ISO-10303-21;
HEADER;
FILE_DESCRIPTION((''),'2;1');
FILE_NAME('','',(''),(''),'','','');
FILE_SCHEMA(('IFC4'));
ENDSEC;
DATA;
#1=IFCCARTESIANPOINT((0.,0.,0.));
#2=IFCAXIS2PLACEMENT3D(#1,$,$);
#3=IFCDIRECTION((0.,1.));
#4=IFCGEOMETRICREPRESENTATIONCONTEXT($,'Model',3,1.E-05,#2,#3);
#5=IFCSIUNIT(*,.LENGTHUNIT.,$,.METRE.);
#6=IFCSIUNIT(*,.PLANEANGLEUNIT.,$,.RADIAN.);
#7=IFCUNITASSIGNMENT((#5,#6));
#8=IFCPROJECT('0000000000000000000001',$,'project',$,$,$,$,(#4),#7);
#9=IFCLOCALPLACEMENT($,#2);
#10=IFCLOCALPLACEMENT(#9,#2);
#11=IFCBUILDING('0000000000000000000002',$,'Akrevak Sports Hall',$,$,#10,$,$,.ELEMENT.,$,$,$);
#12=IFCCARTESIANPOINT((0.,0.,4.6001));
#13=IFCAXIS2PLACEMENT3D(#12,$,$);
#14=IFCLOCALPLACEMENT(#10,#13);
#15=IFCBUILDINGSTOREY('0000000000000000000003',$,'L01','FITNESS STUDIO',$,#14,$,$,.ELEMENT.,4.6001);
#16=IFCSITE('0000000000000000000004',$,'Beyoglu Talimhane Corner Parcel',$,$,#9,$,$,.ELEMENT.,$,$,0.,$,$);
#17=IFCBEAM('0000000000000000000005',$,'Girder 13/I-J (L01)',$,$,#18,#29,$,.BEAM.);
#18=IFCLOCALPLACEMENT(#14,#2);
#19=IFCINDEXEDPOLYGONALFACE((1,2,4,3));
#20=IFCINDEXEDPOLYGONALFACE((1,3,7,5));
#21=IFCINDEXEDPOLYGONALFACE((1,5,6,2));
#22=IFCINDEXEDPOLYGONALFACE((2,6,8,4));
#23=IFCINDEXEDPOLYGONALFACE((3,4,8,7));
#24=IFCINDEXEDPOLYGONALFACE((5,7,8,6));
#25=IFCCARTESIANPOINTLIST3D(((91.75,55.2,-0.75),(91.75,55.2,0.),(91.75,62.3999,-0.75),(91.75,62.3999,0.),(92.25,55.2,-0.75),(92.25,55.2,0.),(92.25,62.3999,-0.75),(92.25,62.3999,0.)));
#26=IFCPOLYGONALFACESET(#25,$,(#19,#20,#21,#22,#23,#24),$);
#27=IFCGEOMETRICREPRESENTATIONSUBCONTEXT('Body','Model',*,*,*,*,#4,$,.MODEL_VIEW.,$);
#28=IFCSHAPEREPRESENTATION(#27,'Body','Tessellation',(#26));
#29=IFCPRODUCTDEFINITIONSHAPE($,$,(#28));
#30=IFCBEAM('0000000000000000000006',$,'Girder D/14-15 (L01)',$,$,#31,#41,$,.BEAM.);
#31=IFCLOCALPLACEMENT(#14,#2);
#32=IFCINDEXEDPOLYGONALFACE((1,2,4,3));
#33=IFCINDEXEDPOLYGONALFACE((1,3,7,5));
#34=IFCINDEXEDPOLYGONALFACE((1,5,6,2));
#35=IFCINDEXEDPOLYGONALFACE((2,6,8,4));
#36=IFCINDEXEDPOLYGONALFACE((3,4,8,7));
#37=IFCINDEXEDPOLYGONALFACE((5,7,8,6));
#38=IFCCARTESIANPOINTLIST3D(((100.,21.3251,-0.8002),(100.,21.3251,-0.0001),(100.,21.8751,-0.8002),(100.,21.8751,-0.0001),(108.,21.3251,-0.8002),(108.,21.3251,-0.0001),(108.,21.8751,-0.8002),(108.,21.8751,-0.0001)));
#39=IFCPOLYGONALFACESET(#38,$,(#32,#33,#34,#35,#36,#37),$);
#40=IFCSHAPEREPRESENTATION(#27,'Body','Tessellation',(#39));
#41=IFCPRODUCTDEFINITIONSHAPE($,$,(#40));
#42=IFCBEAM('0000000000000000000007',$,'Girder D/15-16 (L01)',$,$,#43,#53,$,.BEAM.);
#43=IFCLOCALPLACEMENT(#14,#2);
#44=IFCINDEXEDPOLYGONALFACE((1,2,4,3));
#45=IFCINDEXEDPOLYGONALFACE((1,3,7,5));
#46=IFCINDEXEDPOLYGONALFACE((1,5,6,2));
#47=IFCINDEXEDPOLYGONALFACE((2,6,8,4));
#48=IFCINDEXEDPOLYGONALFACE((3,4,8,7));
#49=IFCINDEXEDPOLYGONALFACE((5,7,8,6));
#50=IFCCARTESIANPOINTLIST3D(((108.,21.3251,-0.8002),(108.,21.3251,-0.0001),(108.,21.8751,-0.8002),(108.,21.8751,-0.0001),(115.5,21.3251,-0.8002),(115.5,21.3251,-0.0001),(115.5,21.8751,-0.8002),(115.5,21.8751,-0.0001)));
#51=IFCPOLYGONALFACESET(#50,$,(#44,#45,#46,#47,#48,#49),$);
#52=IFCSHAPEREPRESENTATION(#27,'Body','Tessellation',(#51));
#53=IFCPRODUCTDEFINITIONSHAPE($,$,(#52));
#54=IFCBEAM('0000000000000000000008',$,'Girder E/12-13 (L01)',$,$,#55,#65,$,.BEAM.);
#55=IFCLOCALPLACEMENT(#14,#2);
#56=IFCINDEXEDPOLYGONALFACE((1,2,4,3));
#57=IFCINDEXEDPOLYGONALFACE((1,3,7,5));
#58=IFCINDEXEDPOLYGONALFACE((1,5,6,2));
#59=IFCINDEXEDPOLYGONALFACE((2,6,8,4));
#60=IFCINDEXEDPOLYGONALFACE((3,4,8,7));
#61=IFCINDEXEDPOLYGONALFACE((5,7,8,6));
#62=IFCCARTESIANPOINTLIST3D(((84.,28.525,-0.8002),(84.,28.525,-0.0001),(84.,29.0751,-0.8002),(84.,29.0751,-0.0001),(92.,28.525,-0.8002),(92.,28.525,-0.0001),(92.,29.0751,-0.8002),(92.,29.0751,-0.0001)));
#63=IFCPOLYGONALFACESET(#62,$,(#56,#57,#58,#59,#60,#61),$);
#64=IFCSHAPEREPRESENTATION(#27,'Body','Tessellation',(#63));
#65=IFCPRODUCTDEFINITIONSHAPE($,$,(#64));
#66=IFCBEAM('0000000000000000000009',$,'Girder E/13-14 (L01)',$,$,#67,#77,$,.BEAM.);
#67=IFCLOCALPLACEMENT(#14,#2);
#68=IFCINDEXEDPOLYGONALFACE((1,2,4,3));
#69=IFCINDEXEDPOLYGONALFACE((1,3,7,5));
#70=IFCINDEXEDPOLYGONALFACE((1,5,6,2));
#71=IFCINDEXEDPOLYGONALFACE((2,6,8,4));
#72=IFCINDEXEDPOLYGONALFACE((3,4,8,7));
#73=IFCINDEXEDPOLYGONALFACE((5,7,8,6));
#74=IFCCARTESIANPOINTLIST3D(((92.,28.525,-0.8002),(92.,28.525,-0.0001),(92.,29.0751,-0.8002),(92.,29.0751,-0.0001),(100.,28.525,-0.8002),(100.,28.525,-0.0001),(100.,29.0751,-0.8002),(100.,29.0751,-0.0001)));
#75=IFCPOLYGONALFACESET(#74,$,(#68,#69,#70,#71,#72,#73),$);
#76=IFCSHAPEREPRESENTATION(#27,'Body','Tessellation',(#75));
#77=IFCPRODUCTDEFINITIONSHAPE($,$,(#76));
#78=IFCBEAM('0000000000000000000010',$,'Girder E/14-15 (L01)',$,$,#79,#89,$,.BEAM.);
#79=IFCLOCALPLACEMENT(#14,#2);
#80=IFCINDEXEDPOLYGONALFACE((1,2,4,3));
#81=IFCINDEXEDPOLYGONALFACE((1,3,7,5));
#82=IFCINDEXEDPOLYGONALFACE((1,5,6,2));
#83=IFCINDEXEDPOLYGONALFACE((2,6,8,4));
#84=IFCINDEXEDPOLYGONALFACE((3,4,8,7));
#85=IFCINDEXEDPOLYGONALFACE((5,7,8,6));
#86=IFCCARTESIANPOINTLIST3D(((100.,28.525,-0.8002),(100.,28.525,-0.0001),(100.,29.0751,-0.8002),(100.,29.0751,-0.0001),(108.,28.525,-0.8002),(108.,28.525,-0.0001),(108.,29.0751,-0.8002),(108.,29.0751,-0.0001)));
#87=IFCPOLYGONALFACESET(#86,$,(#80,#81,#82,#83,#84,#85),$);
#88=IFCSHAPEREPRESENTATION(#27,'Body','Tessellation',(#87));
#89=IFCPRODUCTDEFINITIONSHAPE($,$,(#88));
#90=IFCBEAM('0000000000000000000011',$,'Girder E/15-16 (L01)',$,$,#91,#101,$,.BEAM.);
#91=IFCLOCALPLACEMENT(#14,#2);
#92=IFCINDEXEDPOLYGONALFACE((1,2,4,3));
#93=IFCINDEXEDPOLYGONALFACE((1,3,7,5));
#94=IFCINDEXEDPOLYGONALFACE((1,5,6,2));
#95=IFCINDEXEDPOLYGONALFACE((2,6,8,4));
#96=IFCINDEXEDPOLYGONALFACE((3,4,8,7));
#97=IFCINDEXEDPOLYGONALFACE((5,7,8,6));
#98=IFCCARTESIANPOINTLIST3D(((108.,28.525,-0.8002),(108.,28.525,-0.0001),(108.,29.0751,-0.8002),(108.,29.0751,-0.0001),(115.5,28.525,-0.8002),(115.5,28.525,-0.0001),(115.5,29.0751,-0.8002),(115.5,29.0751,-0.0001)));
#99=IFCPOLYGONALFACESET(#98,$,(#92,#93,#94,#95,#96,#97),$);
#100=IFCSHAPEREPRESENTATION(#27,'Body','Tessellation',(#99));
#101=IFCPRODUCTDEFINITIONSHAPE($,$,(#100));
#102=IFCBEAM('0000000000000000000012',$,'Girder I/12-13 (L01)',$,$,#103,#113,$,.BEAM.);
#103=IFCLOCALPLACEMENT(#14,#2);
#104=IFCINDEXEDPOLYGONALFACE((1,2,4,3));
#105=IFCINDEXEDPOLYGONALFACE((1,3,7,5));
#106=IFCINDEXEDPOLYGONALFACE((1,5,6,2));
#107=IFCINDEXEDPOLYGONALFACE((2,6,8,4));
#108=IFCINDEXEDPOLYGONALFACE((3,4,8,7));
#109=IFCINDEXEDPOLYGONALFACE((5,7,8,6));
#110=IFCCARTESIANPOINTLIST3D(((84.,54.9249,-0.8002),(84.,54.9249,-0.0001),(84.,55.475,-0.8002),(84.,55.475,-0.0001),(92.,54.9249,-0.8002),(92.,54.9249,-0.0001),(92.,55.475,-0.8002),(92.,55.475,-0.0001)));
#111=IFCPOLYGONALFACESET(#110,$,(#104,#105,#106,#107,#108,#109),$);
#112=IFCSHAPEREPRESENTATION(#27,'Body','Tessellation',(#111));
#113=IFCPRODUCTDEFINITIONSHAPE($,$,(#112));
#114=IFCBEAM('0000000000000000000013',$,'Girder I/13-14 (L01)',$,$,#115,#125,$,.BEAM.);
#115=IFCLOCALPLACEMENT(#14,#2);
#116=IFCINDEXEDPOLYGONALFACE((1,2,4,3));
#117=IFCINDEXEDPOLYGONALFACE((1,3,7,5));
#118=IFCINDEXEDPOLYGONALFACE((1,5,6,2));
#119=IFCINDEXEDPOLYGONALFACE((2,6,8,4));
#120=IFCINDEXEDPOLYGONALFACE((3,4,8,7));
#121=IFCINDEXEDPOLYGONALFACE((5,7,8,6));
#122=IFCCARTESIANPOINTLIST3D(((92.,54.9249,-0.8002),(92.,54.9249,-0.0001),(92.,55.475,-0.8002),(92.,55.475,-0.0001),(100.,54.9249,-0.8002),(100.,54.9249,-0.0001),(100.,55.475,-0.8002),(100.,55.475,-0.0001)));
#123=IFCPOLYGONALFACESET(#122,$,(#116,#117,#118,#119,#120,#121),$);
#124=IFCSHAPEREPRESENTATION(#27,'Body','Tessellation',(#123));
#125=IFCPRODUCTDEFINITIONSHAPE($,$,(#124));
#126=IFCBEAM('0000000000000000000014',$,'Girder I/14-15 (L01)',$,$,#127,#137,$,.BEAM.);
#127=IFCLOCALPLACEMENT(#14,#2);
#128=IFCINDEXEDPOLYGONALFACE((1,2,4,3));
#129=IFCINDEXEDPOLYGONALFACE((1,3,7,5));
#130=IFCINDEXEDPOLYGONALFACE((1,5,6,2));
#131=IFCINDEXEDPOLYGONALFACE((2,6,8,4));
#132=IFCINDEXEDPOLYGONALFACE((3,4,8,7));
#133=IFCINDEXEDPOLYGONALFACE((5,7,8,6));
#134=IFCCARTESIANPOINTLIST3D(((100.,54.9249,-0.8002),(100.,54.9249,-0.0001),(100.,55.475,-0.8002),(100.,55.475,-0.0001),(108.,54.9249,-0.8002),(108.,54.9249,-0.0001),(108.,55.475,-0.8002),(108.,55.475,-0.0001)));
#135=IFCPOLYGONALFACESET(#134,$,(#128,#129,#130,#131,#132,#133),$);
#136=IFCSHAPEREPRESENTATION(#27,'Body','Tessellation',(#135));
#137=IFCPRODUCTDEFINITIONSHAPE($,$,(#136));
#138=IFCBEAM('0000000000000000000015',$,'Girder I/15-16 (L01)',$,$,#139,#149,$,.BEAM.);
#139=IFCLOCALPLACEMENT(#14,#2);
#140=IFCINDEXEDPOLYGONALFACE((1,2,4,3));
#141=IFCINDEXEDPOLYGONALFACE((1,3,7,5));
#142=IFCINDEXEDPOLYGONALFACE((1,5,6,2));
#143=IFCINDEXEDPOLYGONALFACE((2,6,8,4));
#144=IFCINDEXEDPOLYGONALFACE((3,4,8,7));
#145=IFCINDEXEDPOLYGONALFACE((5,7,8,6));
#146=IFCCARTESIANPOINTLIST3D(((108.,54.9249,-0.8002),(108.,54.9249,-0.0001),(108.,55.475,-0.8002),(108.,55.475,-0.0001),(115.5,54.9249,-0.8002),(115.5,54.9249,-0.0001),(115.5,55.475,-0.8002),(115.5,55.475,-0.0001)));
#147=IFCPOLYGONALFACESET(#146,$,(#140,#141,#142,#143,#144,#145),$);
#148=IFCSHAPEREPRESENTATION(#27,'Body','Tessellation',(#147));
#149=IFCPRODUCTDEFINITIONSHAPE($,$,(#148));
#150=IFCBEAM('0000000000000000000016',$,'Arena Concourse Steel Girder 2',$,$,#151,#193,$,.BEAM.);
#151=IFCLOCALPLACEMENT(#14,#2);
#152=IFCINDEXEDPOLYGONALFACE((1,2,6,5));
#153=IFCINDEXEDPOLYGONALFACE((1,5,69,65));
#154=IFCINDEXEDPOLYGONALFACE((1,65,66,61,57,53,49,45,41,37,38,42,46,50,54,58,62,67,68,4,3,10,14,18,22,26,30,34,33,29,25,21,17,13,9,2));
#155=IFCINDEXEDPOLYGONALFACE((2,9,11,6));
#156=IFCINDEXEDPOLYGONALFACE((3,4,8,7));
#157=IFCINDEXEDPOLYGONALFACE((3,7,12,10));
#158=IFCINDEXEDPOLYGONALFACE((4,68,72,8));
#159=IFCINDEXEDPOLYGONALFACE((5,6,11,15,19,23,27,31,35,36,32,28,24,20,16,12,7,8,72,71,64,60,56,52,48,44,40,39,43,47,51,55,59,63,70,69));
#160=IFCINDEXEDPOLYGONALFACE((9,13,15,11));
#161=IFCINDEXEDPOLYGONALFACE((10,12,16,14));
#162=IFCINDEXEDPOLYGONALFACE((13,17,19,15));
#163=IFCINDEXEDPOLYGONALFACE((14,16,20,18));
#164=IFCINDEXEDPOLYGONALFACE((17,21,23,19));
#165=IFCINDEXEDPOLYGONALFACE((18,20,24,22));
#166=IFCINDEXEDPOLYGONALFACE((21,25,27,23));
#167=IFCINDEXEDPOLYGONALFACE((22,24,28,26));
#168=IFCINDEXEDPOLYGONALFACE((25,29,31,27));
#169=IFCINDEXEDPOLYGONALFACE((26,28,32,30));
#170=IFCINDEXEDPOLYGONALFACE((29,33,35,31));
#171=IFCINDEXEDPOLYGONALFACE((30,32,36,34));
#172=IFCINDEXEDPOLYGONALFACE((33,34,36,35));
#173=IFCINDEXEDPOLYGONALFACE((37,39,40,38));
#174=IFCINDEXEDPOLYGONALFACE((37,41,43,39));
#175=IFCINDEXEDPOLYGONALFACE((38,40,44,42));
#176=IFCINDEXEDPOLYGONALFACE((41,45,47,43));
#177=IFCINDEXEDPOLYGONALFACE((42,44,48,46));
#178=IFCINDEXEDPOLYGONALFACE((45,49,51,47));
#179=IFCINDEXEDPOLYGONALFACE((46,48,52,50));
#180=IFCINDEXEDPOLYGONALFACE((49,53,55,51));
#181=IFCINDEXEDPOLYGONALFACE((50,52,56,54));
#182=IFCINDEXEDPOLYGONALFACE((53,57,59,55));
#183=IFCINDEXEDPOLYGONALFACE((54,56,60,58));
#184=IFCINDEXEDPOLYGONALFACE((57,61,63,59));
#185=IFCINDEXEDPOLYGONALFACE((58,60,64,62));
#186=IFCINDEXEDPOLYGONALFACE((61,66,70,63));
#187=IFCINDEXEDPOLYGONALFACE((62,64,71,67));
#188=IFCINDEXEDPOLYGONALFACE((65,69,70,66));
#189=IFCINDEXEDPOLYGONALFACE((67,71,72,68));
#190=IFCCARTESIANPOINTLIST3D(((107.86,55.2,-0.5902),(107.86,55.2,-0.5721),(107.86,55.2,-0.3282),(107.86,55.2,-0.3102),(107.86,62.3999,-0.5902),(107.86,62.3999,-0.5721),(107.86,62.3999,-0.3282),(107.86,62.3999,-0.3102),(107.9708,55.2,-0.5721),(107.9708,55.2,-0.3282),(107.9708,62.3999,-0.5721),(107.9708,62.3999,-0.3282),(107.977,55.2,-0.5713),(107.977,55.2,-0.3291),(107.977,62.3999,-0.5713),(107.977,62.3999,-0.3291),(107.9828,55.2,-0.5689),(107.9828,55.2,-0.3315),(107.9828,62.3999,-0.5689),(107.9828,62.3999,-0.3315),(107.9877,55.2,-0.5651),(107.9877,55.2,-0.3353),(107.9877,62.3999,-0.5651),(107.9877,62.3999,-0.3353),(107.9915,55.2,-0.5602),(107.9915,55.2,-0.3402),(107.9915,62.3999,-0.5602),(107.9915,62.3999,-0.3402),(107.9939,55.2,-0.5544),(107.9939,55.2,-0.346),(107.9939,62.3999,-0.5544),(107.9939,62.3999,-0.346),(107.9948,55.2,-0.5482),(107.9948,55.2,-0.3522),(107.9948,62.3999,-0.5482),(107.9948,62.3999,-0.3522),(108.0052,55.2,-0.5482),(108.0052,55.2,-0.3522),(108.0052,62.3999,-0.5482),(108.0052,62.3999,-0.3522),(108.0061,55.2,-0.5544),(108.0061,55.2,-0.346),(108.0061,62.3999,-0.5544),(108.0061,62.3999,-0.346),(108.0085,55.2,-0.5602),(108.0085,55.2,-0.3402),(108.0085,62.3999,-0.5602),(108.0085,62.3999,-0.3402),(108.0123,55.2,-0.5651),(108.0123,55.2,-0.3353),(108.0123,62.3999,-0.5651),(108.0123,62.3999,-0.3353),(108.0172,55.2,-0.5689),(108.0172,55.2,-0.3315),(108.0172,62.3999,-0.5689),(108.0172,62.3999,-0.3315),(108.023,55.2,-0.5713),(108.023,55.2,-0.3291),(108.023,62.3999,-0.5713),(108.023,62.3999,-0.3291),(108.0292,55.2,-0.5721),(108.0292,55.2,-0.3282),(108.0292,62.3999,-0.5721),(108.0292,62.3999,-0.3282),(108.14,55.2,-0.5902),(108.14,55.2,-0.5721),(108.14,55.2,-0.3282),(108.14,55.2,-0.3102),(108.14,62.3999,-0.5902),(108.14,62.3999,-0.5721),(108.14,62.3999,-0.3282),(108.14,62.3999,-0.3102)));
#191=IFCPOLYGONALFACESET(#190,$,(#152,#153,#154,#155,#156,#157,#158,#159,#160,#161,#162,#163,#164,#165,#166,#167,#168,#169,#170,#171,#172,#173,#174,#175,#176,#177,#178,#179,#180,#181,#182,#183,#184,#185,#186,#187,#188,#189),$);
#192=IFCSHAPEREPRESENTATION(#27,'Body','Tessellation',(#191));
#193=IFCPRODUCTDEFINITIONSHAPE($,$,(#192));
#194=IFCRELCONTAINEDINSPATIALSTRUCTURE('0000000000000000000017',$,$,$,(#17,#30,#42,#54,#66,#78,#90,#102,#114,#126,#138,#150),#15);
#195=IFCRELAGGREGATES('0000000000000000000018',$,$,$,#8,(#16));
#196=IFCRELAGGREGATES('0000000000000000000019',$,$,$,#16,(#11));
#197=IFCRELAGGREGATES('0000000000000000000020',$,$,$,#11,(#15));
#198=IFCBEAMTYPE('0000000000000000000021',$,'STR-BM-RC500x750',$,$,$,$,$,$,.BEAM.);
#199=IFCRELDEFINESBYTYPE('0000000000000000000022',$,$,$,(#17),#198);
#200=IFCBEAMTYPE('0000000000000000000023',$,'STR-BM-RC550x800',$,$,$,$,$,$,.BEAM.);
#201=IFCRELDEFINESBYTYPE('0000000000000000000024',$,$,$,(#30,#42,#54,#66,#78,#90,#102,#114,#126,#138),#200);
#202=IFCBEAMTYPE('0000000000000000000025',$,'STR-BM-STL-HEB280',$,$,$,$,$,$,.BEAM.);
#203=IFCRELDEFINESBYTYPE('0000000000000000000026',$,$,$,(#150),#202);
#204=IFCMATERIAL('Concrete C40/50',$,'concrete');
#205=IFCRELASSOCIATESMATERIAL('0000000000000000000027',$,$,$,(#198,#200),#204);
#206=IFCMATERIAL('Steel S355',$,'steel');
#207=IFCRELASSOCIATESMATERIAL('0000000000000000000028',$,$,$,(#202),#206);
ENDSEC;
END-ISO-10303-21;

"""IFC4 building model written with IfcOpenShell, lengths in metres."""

from ifc_helpers import new_model, si_unit, direction, frame, origin, origin_2d, place, context, subcontext, project, spatial, rectangle, i_section, extrude, material, material_profile, profile_set, type_object, element, save


model = new_model("IFC4")

# Units and contexts
model_context = context("Model", 3, precision=1e-05, world=origin(), true_north=direction((0.0, 1.0)))
body_context = subcontext(model_context, "Body", "Model", "MODEL_VIEW")
ifc_project = project(units=[si_unit("LENGTHUNIT", "METRE"), si_unit("PLANEANGLEUNIT", "RADIAN")], contexts=[model_context])

# Site, building, storey
site_placement = place(None, origin())
site = spatial("IfcSite", under=ifc_project, at=site_placement, Name="Beyoglu Talimhane Corner Parcel", CompositionType="ELEMENT", RefElevation=0.0)
building_placement = place(site_placement, origin())
building = spatial("IfcBuilding", under=site, at=building_placement, Name="Akrevak Sports Hall", CompositionType="ELEMENT")
storey_placement = place(building_placement, frame((0.0, 0.0, 4.6001)))
storey = spatial("IfcBuildingStorey", under=building, at=storey_placement, Name="L01", Description="FITNESS STUDIO", CompositionType="ELEMENT", Elevation=4.6001)

# Beams
ifc_material_1 = material(Name="Concrete C40/50", Category="concrete")
ifc_material_profile_1 = material_profile(ifc_material_1, rectangle(XDim=0.5, YDim=0.75, at=origin_2d()), Name="BM 500x750", Category="concrete")
ifc_profile_set_1 = profile_set([ifc_material_profile_1], Name="Concrete C40/50")
beam_type_1 = type_object("IfcBeamType", Name="STR-BM-RC500x750", PredefinedType="BEAM", material=ifc_profile_set_1)
beam_1_placement = place(storey_placement, frame((92.0, 55.2, -0.375), z_axis=(0.0, 1.0, 0.0), x_axis=(-1.0, 0.0, 0.0)))
element("IfcBeam", 1, at=beam_1_placement, inside=storey, type_object=beam_type_1, Name="Girder 13/I-J (L01)", PredefinedType="BEAM", context=body_context, shape_type="SweptSolid", body=[
    extrude(rectangle(XDim=0.5, YDim=0.75, at=origin_2d()), origin(), (0.0, 0.0, 1.0), 7.2),
])
ifc_material_profile_2 = material_profile(ifc_material_1, rectangle(XDim=0.55, YDim=0.8, at=origin_2d()), Name="BM 550x800", Category="concrete")
ifc_profile_set_2 = profile_set([ifc_material_profile_2], Name="Concrete C40/50")
beam_type_2 = type_object("IfcBeamType", Name="STR-BM-RC550x800", PredefinedType="BEAM", material=ifc_profile_set_2)
beam_2_placement = place(storey_placement, frame((100.0, 21.6001, -0.4001), z_axis=(1.0, 0.0, 0.0), x_axis=(0.0, 1.0, 0.0)))
element("IfcBeam", 2, at=beam_2_placement, inside=storey, type_object=beam_type_2, Name="Girder D/14-15 (L01)", PredefinedType="BEAM", context=body_context, shape_type="SweptSolid", body=[
    extrude(rectangle(XDim=0.55, YDim=0.8, at=origin_2d()), origin(), (0.0, 0.0, 1.0), 8.0),
])
beam_3_placement = place(storey_placement, frame((108.0, 21.6001, -0.4001), z_axis=(1.0, 0.0, 0.0), x_axis=(0.0, 1.0, 0.0)))
element("IfcBeam", 3, at=beam_3_placement, inside=storey, type_object=beam_type_2, Name="Girder D/15-16 (L01)", PredefinedType="BEAM", context=body_context, shape_type="SweptSolid", body=[
    extrude(rectangle(XDim=0.55, YDim=0.8, at=origin_2d()), origin(), (0.0, 0.0, 1.0), 7.5),
])
for number, where, z_axis, x_axis, name in (
    (4, (84.0, 28.8, -0.4001), (1.0, 0.0, 0.0), (0.0, 1.0, 0.0), "Girder E/12-13 (L01)"),
    (5, (92.0, 28.8, -0.4001), (1.0, 0.0, 0.0), (0.0, 1.0, 0.0), "Girder E/13-14 (L01)"),
    (6, (100.0, 28.8, -0.4001), (1.0, 0.0, 0.0), (0.0, 1.0, 0.0), "Girder E/14-15 (L01)"),
):
    element("IfcBeam", number, at=place(storey_placement, frame(where, z_axis=z_axis, x_axis=x_axis)), inside=storey, type_object=beam_type_2, Name=name, PredefinedType="BEAM", context=body_context, shape_type="SweptSolid", body=[
        extrude(rectangle(XDim=0.55, YDim=0.8, at=origin_2d()), origin(), (0.0, 0.0, 1.0), 8.0),
    ])
beam_4_placement = place(storey_placement, frame((108.0, 28.8, -0.4001), z_axis=(1.0, 0.0, 0.0), x_axis=(0.0, 1.0, 0.0)))
element("IfcBeam", 7, at=beam_4_placement, inside=storey, type_object=beam_type_2, Name="Girder E/15-16 (L01)", PredefinedType="BEAM", context=body_context, shape_type="SweptSolid", body=[
    extrude(rectangle(XDim=0.55, YDim=0.8, at=origin_2d()), origin(), (0.0, 0.0, 1.0), 7.5),
])
for number, where, z_axis, x_axis, name in (
    (8, (84.0, 55.2, -0.4001), (1.0, 0.0, 0.0), (0.0, 1.0, 0.0), "Girder I/12-13 (L01)"),
    (9, (92.0, 55.2, -0.4001), (1.0, 0.0, 0.0), (0.0, 1.0, 0.0), "Girder I/13-14 (L01)"),
    (10, (100.0, 55.2, -0.4001), (1.0, 0.0, 0.0), (0.0, 1.0, 0.0), "Girder I/14-15 (L01)"),
):
    element("IfcBeam", number, at=place(storey_placement, frame(where, z_axis=z_axis, x_axis=x_axis)), inside=storey, type_object=beam_type_2, Name=name, PredefinedType="BEAM", context=body_context, shape_type="SweptSolid", body=[
        extrude(rectangle(XDim=0.55, YDim=0.8, at=origin_2d()), origin(), (0.0, 0.0, 1.0), 8.0),
    ])
beam_5_placement = place(storey_placement, frame((108.0, 55.2, -0.4001), z_axis=(1.0, 0.0, 0.0), x_axis=(0.0, 1.0, 0.0)))
element("IfcBeam", 11, at=beam_5_placement, inside=storey, type_object=beam_type_2, Name="Girder I/15-16 (L01)", PredefinedType="BEAM", context=body_context, shape_type="SweptSolid", body=[
    extrude(rectangle(XDim=0.55, YDim=0.8, at=origin_2d()), origin(), (0.0, 0.0, 1.0), 7.5),
])
ifc_material_2 = material(Name="Steel S355", Category="steel")
ifc_material_profile_3 = material_profile(ifc_material_2, i_section(OverallWidth=0.28, OverallDepth=0.28, WebThickness=0.0105, FlangeThickness=0.0181, FilletRadius=0.0239, at=origin_2d()), Name="HEB 280", Category="steel")
ifc_profile_set_3 = profile_set([ifc_material_profile_3], Name="Steel S355")
beam_type_3 = type_object("IfcBeamType", Name="STR-BM-STL-HEB280", PredefinedType="BEAM", material=ifc_profile_set_3)
beam_6_placement = place(storey_placement, frame((108.0, 55.2, -0.4502), z_axis=(0.0, 1.0, 0.0), x_axis=(-1.0, 0.0, 0.0)))
element("IfcBeam", 12, at=beam_6_placement, inside=storey, type_object=beam_type_3, Name="Arena Concourse Steel Girder 2", PredefinedType="BEAM", context=body_context, shape_type="SweptSolid", body=[
    extrude(i_section(OverallWidth=0.28, OverallDepth=0.28, WebThickness=0.0105, FlangeThickness=0.0181, FilletRadius=0.0239, at=origin_2d()), origin(), (0.0, 0.0, 1.0), 7.2),
])

save(model, "model.ifc")
